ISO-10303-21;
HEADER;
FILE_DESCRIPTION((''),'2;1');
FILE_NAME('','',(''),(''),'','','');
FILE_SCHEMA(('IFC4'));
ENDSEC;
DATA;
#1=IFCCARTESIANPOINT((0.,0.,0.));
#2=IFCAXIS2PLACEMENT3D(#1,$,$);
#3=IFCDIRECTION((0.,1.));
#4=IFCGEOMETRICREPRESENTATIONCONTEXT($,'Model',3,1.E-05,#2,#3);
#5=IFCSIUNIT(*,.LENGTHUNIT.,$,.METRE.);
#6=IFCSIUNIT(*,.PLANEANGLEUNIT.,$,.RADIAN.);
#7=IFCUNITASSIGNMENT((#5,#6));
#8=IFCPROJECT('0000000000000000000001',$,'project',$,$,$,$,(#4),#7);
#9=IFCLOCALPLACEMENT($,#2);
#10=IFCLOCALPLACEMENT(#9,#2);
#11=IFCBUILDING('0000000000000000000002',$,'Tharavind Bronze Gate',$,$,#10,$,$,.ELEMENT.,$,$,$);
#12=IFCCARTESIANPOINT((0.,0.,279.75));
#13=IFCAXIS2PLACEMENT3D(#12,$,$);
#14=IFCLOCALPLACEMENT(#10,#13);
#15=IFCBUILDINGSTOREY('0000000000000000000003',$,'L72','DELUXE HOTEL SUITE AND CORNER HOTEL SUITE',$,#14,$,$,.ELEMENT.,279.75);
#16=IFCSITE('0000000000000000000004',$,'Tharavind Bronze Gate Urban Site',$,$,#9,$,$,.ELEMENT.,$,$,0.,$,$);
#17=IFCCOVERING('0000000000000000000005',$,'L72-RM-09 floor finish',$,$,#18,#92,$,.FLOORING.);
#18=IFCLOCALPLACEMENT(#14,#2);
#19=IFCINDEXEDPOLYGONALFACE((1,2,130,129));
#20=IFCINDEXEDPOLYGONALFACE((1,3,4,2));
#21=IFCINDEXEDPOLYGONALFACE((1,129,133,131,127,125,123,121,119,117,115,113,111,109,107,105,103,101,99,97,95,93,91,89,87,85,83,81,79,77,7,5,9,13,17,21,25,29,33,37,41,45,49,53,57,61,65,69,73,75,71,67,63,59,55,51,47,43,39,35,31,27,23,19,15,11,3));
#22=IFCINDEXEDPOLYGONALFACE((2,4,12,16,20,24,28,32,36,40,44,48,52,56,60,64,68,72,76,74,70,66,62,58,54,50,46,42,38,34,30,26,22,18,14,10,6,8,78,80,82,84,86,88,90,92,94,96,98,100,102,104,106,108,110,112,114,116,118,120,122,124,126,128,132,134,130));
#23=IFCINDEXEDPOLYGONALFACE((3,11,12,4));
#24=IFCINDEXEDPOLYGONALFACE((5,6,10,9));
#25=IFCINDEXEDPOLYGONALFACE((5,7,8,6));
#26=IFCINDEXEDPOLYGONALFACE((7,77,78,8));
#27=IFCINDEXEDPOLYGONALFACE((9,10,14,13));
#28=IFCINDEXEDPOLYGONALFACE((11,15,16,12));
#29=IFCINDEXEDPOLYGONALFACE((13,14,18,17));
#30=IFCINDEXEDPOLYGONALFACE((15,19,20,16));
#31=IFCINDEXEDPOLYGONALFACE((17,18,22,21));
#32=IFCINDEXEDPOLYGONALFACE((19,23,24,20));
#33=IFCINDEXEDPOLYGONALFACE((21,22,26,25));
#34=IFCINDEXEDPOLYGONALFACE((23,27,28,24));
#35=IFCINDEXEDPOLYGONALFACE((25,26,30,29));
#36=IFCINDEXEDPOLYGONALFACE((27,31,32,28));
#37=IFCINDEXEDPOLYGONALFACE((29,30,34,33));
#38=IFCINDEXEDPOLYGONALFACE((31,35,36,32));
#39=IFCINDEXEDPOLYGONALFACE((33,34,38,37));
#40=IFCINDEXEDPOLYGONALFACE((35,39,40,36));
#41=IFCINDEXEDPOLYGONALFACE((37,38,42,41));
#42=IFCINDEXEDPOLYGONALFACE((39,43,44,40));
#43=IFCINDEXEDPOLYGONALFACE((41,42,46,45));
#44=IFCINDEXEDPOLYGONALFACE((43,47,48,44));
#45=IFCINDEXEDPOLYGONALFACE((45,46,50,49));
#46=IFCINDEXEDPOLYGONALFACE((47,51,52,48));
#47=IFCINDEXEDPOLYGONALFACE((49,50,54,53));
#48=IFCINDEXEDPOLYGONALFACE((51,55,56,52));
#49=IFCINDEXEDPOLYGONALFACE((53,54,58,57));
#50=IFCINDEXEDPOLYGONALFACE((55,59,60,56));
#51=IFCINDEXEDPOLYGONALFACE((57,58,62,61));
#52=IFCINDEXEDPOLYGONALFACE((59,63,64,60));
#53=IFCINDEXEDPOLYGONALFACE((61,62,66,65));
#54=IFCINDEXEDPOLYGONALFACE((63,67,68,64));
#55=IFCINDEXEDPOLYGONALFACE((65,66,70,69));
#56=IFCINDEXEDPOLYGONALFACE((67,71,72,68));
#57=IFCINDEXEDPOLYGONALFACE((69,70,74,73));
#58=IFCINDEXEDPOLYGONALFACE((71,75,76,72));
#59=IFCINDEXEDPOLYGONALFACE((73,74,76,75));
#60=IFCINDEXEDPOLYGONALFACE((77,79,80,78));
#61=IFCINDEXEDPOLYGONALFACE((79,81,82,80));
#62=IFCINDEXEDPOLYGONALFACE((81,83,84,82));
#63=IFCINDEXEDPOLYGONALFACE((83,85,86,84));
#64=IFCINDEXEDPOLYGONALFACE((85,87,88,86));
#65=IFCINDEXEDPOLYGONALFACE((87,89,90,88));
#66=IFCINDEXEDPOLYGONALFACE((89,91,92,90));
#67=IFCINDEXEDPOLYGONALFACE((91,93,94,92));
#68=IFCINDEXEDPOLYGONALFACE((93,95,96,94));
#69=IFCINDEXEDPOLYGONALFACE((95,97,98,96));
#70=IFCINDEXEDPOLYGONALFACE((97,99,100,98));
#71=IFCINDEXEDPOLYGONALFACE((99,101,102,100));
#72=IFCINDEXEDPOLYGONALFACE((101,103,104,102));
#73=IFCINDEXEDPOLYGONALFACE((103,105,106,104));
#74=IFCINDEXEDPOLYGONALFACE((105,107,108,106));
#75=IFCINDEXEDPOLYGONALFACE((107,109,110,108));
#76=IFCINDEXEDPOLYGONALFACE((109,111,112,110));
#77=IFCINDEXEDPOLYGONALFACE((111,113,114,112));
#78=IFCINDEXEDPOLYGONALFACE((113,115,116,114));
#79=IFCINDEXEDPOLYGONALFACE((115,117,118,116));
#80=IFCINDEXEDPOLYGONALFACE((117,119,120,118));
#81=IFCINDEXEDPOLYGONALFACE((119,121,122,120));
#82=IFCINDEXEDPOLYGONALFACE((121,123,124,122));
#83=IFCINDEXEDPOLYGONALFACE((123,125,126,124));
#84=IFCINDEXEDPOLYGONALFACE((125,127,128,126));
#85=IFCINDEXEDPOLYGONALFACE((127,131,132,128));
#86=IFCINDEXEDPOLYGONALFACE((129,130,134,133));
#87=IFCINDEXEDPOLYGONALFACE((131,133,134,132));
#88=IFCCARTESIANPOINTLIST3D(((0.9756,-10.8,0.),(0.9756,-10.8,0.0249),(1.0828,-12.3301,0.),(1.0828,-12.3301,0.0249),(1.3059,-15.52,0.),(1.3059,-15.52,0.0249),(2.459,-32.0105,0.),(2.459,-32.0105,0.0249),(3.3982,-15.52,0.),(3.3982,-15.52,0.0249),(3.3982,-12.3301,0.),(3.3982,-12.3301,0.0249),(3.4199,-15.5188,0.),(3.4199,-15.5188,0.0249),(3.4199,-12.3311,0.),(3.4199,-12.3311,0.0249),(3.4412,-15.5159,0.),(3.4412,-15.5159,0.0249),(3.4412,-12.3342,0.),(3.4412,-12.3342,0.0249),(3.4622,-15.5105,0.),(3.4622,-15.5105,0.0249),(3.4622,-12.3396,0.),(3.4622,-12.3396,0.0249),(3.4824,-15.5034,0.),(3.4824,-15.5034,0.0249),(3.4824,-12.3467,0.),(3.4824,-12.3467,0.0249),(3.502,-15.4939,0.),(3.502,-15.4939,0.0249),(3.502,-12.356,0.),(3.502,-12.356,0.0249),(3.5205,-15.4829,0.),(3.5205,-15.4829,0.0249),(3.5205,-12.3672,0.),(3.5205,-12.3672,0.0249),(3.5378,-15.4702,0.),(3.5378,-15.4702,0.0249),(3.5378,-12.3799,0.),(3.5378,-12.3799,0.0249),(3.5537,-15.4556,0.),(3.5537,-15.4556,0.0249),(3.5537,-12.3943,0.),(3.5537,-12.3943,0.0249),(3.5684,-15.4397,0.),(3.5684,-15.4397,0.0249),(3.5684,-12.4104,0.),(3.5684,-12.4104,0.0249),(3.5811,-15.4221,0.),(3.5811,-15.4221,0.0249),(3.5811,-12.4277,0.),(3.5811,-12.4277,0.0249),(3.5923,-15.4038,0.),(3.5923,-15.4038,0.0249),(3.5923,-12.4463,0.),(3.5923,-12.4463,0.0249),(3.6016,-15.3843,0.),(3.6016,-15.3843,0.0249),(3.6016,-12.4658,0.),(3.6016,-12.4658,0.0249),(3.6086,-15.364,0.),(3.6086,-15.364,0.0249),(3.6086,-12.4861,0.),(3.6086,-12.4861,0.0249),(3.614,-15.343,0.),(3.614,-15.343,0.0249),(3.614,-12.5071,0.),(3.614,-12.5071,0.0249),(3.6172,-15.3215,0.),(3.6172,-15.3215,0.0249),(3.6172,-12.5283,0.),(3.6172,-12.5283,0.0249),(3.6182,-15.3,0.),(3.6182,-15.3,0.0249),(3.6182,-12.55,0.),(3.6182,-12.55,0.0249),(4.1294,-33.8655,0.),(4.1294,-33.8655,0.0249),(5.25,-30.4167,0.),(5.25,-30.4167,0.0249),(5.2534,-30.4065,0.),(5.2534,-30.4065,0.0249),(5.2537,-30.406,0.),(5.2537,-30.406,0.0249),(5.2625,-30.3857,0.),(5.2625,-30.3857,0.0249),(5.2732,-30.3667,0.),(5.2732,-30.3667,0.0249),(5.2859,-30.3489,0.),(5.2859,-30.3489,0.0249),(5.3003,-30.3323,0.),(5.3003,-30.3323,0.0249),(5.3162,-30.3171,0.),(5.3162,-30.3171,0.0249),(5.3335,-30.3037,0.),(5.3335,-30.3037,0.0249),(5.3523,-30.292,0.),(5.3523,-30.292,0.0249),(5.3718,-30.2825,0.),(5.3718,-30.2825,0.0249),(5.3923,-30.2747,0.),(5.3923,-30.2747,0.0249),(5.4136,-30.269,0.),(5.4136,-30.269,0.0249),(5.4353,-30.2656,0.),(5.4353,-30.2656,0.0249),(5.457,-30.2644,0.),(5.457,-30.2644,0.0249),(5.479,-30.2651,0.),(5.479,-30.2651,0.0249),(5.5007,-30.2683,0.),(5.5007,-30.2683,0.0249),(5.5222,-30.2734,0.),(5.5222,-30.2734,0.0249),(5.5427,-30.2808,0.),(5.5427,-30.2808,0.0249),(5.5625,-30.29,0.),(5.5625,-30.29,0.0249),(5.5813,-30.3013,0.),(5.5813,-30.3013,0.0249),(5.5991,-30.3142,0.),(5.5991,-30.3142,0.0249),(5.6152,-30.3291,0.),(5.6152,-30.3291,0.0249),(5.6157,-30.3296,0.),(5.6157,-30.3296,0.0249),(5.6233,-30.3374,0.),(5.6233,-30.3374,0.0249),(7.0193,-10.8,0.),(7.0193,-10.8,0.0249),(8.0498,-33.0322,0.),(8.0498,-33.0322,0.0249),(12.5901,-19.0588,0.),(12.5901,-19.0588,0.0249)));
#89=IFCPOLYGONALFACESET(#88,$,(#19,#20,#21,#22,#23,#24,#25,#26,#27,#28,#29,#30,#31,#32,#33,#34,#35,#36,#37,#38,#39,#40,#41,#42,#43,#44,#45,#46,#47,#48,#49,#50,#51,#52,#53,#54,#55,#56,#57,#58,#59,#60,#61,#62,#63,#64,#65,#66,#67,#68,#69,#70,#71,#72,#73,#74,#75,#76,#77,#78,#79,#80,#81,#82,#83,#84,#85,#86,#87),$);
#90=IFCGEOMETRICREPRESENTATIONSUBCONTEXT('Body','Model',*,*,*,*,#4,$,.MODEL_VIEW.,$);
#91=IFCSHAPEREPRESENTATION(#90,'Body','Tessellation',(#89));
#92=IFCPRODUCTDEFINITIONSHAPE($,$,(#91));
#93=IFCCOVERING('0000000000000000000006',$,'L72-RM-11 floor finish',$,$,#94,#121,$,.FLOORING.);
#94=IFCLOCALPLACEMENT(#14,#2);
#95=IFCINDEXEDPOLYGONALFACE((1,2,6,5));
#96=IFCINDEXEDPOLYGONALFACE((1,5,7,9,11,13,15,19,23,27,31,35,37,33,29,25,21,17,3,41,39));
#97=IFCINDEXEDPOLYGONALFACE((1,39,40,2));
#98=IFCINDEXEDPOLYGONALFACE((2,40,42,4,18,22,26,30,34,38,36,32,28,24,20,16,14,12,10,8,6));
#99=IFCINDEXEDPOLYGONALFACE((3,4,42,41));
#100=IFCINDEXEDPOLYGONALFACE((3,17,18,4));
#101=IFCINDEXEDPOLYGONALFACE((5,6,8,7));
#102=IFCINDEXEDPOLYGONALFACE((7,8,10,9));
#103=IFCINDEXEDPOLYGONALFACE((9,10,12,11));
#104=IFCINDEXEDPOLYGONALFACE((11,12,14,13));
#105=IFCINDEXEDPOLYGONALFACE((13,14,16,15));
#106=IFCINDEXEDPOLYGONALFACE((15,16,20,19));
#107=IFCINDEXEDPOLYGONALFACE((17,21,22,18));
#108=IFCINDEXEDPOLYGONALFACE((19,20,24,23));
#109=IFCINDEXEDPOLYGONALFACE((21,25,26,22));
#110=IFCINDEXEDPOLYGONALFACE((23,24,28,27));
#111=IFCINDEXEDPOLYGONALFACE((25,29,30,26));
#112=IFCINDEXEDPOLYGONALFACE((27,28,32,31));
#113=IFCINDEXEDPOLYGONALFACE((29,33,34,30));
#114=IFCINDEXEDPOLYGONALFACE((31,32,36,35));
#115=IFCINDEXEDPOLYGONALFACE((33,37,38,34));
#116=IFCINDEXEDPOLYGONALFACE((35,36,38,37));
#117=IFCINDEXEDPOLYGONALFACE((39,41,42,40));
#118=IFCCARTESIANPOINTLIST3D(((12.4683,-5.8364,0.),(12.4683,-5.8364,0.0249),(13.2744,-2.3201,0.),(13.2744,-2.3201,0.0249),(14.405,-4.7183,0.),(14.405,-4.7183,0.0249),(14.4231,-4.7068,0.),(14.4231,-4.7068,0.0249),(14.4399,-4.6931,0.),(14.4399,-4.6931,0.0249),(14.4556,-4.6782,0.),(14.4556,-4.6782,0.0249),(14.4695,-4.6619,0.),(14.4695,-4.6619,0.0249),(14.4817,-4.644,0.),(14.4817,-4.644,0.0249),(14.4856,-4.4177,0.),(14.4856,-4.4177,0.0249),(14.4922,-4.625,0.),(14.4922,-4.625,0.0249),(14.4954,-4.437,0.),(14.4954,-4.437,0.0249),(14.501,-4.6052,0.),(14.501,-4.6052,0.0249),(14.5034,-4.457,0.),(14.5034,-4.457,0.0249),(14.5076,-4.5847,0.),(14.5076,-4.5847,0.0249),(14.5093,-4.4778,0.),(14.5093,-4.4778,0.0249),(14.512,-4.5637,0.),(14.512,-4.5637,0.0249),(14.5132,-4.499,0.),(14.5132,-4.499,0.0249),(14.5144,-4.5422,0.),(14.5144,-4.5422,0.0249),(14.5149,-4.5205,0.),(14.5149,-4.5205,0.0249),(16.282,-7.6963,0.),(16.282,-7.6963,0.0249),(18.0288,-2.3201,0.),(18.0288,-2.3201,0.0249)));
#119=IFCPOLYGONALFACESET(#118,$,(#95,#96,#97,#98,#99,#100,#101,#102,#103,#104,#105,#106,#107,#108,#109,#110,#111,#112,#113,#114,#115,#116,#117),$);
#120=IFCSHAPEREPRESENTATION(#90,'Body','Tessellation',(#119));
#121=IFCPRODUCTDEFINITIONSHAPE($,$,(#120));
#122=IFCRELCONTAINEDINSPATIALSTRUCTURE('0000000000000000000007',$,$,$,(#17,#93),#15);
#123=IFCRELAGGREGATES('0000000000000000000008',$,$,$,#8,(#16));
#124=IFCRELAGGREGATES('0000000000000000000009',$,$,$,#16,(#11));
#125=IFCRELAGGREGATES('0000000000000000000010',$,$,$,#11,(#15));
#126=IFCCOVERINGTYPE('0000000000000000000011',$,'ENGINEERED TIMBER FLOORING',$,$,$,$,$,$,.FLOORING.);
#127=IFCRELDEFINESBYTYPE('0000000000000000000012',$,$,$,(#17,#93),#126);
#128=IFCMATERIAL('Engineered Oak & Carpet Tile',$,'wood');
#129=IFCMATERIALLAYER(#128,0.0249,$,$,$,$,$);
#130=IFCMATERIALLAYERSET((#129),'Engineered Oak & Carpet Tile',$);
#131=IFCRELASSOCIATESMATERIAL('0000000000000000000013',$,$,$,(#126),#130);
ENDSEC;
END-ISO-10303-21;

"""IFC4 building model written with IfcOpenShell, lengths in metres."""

from ifc_helpers import new_model, si_unit, direction, frame, origin, place, context, subcontext, project, spatial, polyline, outline, extrude, material, layer, layer_set, type_object, element, save


model = new_model("IFC4")

# Units and contexts
model_context = context("Model", 3, precision=1e-05, world=origin(), true_north=direction((0.0, 1.0)))
body_context = subcontext(model_context, "Body", "Model", "MODEL_VIEW")
ifc_project = project(units=[si_unit("LENGTHUNIT", "METRE"), si_unit("PLANEANGLEUNIT", "RADIAN")], contexts=[model_context])

# Site, building, storey
site_placement = place(None, origin())
site = spatial("IfcSite", under=ifc_project, at=site_placement, Name="Tharavind Bronze Gate Urban Site", CompositionType="ELEMENT", RefElevation=0.0)
building_placement = place(site_placement, origin())
building = spatial("IfcBuilding", under=site, at=building_placement, Name="Tharavind Bronze Gate", CompositionType="ELEMENT")
storey_placement = place(building_placement, frame((0.0, 0.0, 279.75)))
storey = spatial("IfcBuildingStorey", under=building, at=storey_placement, Name="L72", Description="DELUXE HOTEL SUITE AND CORNER HOTEL SUITE", CompositionType="ELEMENT", Elevation=279.75)

# Coverings
ifc_material_1 = material(Name="Engineered Oak & Carpet Tile", Category="wood")
ifc_layer_1 = layer(ifc_material_1, 0.0249)
ifc_layer_set_1 = layer_set([ifc_layer_1], Name="Engineered Oak & Carpet Tile")
covering_type_1 = type_object("IfcCoveringType", Name="ENGINEERED TIMBER FLOORING", PredefinedType="FLOORING", material=ifc_layer_set_1)
covering_1_placement = place(storey_placement, origin())
element("IfcCovering", 1, at=covering_1_placement, inside=storey, type_object=covering_type_1, Name="L72-RM-09 floor finish", PredefinedType="FLOORING", context=body_context, shape_type="SweptSolid", body=[
    extrude(outline(polyline([(1.0828, -12.3301), (3.3982, -12.3301), (3.4199, -12.3311), (3.4412, -12.3342), (3.4622, -12.3396), (3.4824, -12.3467), (3.502, -12.356), (3.5205, -12.3672), (3.5378, -12.3799), (3.5537, -12.3943), (3.5684, -12.4104), (3.5811, -12.4277), (3.5923, -12.4463), (3.6016, -12.4658), (3.6086, -12.4861), (3.614, -12.5071), (3.6172, -12.5283), (3.6182, -12.55), (3.6182, -15.3), (3.6172, -15.3215), (3.614, -15.343), (3.6086, -15.364), (3.6016, -15.3843), (3.5923, -15.4038), (3.5811, -15.4221), (3.5684, -15.4397), (3.5537, -15.4556), (3.5378, -15.4702), (3.5205, -15.4829), (3.502, -15.4939), (3.4824, -15.5034), (3.4622, -15.5105), (3.4412, -15.5159), (3.4199, -15.5188), (3.3982, -15.52), (1.3059, -15.52), (2.459, -32.0105), (4.1294, -33.8655), (5.25, -30.4167), (5.2534, -30.4065), (5.2537, -30.406), (5.2625, -30.3857), (5.2732, -30.3667), (5.2859, -30.3489), (5.3003, -30.3323), (5.3162, -30.3171), (5.3335, -30.3037), (5.3523, -30.292), (5.3718, -30.2825), (5.3923, -30.2747), (5.4136, -30.269), (5.4353, -30.2656), (5.457, -30.2644), (5.479, -30.2651), (5.5007, -30.2683), (5.5222, -30.2734), (5.5427, -30.2808), (5.5625, -30.29), (5.5813, -30.3013), (5.5991, -30.3142), (5.6152, -30.3291), (5.6157, -30.3296), (5.6233, -30.3374), (8.0498, -33.0322), (12.5901, -19.0588), (7.0193, -10.8), (0.9756, -10.8), (1.0828, -12.3301)])), origin(), (0.0, 0.0, 1.0), 0.0249),
])
covering_2_placement = place(storey_placement, origin())
element("IfcCovering", 2, at=covering_2_placement, inside=storey, type_object=covering_type_1, Name="L72-RM-11 floor finish", PredefinedType="FLOORING", context=body_context, shape_type="SweptSolid", body=[
    extrude(outline(polyline([(14.4856, -4.4177), (14.4954, -4.437), (14.5034, -4.457), (14.5093, -4.4778), (14.5132, -4.499), (14.5149, -4.5205), (14.5144, -4.5422), (14.512, -4.5637), (14.5076, -4.5847), (14.501, -4.6052), (14.4922, -4.625), (14.4817, -4.644), (14.4695, -4.6619), (14.4556, -4.6782), (14.4399, -4.6931), (14.4231, -4.7068), (14.405, -4.7183), (12.4683, -5.8364), (16.282, -7.6963), (18.0288, -2.3201), (13.2744, -2.3201), (14.4856, -4.4177)])), origin(), (0.0, 0.0, 1.0), 0.0249),
])

save(model, "model.ifc")
